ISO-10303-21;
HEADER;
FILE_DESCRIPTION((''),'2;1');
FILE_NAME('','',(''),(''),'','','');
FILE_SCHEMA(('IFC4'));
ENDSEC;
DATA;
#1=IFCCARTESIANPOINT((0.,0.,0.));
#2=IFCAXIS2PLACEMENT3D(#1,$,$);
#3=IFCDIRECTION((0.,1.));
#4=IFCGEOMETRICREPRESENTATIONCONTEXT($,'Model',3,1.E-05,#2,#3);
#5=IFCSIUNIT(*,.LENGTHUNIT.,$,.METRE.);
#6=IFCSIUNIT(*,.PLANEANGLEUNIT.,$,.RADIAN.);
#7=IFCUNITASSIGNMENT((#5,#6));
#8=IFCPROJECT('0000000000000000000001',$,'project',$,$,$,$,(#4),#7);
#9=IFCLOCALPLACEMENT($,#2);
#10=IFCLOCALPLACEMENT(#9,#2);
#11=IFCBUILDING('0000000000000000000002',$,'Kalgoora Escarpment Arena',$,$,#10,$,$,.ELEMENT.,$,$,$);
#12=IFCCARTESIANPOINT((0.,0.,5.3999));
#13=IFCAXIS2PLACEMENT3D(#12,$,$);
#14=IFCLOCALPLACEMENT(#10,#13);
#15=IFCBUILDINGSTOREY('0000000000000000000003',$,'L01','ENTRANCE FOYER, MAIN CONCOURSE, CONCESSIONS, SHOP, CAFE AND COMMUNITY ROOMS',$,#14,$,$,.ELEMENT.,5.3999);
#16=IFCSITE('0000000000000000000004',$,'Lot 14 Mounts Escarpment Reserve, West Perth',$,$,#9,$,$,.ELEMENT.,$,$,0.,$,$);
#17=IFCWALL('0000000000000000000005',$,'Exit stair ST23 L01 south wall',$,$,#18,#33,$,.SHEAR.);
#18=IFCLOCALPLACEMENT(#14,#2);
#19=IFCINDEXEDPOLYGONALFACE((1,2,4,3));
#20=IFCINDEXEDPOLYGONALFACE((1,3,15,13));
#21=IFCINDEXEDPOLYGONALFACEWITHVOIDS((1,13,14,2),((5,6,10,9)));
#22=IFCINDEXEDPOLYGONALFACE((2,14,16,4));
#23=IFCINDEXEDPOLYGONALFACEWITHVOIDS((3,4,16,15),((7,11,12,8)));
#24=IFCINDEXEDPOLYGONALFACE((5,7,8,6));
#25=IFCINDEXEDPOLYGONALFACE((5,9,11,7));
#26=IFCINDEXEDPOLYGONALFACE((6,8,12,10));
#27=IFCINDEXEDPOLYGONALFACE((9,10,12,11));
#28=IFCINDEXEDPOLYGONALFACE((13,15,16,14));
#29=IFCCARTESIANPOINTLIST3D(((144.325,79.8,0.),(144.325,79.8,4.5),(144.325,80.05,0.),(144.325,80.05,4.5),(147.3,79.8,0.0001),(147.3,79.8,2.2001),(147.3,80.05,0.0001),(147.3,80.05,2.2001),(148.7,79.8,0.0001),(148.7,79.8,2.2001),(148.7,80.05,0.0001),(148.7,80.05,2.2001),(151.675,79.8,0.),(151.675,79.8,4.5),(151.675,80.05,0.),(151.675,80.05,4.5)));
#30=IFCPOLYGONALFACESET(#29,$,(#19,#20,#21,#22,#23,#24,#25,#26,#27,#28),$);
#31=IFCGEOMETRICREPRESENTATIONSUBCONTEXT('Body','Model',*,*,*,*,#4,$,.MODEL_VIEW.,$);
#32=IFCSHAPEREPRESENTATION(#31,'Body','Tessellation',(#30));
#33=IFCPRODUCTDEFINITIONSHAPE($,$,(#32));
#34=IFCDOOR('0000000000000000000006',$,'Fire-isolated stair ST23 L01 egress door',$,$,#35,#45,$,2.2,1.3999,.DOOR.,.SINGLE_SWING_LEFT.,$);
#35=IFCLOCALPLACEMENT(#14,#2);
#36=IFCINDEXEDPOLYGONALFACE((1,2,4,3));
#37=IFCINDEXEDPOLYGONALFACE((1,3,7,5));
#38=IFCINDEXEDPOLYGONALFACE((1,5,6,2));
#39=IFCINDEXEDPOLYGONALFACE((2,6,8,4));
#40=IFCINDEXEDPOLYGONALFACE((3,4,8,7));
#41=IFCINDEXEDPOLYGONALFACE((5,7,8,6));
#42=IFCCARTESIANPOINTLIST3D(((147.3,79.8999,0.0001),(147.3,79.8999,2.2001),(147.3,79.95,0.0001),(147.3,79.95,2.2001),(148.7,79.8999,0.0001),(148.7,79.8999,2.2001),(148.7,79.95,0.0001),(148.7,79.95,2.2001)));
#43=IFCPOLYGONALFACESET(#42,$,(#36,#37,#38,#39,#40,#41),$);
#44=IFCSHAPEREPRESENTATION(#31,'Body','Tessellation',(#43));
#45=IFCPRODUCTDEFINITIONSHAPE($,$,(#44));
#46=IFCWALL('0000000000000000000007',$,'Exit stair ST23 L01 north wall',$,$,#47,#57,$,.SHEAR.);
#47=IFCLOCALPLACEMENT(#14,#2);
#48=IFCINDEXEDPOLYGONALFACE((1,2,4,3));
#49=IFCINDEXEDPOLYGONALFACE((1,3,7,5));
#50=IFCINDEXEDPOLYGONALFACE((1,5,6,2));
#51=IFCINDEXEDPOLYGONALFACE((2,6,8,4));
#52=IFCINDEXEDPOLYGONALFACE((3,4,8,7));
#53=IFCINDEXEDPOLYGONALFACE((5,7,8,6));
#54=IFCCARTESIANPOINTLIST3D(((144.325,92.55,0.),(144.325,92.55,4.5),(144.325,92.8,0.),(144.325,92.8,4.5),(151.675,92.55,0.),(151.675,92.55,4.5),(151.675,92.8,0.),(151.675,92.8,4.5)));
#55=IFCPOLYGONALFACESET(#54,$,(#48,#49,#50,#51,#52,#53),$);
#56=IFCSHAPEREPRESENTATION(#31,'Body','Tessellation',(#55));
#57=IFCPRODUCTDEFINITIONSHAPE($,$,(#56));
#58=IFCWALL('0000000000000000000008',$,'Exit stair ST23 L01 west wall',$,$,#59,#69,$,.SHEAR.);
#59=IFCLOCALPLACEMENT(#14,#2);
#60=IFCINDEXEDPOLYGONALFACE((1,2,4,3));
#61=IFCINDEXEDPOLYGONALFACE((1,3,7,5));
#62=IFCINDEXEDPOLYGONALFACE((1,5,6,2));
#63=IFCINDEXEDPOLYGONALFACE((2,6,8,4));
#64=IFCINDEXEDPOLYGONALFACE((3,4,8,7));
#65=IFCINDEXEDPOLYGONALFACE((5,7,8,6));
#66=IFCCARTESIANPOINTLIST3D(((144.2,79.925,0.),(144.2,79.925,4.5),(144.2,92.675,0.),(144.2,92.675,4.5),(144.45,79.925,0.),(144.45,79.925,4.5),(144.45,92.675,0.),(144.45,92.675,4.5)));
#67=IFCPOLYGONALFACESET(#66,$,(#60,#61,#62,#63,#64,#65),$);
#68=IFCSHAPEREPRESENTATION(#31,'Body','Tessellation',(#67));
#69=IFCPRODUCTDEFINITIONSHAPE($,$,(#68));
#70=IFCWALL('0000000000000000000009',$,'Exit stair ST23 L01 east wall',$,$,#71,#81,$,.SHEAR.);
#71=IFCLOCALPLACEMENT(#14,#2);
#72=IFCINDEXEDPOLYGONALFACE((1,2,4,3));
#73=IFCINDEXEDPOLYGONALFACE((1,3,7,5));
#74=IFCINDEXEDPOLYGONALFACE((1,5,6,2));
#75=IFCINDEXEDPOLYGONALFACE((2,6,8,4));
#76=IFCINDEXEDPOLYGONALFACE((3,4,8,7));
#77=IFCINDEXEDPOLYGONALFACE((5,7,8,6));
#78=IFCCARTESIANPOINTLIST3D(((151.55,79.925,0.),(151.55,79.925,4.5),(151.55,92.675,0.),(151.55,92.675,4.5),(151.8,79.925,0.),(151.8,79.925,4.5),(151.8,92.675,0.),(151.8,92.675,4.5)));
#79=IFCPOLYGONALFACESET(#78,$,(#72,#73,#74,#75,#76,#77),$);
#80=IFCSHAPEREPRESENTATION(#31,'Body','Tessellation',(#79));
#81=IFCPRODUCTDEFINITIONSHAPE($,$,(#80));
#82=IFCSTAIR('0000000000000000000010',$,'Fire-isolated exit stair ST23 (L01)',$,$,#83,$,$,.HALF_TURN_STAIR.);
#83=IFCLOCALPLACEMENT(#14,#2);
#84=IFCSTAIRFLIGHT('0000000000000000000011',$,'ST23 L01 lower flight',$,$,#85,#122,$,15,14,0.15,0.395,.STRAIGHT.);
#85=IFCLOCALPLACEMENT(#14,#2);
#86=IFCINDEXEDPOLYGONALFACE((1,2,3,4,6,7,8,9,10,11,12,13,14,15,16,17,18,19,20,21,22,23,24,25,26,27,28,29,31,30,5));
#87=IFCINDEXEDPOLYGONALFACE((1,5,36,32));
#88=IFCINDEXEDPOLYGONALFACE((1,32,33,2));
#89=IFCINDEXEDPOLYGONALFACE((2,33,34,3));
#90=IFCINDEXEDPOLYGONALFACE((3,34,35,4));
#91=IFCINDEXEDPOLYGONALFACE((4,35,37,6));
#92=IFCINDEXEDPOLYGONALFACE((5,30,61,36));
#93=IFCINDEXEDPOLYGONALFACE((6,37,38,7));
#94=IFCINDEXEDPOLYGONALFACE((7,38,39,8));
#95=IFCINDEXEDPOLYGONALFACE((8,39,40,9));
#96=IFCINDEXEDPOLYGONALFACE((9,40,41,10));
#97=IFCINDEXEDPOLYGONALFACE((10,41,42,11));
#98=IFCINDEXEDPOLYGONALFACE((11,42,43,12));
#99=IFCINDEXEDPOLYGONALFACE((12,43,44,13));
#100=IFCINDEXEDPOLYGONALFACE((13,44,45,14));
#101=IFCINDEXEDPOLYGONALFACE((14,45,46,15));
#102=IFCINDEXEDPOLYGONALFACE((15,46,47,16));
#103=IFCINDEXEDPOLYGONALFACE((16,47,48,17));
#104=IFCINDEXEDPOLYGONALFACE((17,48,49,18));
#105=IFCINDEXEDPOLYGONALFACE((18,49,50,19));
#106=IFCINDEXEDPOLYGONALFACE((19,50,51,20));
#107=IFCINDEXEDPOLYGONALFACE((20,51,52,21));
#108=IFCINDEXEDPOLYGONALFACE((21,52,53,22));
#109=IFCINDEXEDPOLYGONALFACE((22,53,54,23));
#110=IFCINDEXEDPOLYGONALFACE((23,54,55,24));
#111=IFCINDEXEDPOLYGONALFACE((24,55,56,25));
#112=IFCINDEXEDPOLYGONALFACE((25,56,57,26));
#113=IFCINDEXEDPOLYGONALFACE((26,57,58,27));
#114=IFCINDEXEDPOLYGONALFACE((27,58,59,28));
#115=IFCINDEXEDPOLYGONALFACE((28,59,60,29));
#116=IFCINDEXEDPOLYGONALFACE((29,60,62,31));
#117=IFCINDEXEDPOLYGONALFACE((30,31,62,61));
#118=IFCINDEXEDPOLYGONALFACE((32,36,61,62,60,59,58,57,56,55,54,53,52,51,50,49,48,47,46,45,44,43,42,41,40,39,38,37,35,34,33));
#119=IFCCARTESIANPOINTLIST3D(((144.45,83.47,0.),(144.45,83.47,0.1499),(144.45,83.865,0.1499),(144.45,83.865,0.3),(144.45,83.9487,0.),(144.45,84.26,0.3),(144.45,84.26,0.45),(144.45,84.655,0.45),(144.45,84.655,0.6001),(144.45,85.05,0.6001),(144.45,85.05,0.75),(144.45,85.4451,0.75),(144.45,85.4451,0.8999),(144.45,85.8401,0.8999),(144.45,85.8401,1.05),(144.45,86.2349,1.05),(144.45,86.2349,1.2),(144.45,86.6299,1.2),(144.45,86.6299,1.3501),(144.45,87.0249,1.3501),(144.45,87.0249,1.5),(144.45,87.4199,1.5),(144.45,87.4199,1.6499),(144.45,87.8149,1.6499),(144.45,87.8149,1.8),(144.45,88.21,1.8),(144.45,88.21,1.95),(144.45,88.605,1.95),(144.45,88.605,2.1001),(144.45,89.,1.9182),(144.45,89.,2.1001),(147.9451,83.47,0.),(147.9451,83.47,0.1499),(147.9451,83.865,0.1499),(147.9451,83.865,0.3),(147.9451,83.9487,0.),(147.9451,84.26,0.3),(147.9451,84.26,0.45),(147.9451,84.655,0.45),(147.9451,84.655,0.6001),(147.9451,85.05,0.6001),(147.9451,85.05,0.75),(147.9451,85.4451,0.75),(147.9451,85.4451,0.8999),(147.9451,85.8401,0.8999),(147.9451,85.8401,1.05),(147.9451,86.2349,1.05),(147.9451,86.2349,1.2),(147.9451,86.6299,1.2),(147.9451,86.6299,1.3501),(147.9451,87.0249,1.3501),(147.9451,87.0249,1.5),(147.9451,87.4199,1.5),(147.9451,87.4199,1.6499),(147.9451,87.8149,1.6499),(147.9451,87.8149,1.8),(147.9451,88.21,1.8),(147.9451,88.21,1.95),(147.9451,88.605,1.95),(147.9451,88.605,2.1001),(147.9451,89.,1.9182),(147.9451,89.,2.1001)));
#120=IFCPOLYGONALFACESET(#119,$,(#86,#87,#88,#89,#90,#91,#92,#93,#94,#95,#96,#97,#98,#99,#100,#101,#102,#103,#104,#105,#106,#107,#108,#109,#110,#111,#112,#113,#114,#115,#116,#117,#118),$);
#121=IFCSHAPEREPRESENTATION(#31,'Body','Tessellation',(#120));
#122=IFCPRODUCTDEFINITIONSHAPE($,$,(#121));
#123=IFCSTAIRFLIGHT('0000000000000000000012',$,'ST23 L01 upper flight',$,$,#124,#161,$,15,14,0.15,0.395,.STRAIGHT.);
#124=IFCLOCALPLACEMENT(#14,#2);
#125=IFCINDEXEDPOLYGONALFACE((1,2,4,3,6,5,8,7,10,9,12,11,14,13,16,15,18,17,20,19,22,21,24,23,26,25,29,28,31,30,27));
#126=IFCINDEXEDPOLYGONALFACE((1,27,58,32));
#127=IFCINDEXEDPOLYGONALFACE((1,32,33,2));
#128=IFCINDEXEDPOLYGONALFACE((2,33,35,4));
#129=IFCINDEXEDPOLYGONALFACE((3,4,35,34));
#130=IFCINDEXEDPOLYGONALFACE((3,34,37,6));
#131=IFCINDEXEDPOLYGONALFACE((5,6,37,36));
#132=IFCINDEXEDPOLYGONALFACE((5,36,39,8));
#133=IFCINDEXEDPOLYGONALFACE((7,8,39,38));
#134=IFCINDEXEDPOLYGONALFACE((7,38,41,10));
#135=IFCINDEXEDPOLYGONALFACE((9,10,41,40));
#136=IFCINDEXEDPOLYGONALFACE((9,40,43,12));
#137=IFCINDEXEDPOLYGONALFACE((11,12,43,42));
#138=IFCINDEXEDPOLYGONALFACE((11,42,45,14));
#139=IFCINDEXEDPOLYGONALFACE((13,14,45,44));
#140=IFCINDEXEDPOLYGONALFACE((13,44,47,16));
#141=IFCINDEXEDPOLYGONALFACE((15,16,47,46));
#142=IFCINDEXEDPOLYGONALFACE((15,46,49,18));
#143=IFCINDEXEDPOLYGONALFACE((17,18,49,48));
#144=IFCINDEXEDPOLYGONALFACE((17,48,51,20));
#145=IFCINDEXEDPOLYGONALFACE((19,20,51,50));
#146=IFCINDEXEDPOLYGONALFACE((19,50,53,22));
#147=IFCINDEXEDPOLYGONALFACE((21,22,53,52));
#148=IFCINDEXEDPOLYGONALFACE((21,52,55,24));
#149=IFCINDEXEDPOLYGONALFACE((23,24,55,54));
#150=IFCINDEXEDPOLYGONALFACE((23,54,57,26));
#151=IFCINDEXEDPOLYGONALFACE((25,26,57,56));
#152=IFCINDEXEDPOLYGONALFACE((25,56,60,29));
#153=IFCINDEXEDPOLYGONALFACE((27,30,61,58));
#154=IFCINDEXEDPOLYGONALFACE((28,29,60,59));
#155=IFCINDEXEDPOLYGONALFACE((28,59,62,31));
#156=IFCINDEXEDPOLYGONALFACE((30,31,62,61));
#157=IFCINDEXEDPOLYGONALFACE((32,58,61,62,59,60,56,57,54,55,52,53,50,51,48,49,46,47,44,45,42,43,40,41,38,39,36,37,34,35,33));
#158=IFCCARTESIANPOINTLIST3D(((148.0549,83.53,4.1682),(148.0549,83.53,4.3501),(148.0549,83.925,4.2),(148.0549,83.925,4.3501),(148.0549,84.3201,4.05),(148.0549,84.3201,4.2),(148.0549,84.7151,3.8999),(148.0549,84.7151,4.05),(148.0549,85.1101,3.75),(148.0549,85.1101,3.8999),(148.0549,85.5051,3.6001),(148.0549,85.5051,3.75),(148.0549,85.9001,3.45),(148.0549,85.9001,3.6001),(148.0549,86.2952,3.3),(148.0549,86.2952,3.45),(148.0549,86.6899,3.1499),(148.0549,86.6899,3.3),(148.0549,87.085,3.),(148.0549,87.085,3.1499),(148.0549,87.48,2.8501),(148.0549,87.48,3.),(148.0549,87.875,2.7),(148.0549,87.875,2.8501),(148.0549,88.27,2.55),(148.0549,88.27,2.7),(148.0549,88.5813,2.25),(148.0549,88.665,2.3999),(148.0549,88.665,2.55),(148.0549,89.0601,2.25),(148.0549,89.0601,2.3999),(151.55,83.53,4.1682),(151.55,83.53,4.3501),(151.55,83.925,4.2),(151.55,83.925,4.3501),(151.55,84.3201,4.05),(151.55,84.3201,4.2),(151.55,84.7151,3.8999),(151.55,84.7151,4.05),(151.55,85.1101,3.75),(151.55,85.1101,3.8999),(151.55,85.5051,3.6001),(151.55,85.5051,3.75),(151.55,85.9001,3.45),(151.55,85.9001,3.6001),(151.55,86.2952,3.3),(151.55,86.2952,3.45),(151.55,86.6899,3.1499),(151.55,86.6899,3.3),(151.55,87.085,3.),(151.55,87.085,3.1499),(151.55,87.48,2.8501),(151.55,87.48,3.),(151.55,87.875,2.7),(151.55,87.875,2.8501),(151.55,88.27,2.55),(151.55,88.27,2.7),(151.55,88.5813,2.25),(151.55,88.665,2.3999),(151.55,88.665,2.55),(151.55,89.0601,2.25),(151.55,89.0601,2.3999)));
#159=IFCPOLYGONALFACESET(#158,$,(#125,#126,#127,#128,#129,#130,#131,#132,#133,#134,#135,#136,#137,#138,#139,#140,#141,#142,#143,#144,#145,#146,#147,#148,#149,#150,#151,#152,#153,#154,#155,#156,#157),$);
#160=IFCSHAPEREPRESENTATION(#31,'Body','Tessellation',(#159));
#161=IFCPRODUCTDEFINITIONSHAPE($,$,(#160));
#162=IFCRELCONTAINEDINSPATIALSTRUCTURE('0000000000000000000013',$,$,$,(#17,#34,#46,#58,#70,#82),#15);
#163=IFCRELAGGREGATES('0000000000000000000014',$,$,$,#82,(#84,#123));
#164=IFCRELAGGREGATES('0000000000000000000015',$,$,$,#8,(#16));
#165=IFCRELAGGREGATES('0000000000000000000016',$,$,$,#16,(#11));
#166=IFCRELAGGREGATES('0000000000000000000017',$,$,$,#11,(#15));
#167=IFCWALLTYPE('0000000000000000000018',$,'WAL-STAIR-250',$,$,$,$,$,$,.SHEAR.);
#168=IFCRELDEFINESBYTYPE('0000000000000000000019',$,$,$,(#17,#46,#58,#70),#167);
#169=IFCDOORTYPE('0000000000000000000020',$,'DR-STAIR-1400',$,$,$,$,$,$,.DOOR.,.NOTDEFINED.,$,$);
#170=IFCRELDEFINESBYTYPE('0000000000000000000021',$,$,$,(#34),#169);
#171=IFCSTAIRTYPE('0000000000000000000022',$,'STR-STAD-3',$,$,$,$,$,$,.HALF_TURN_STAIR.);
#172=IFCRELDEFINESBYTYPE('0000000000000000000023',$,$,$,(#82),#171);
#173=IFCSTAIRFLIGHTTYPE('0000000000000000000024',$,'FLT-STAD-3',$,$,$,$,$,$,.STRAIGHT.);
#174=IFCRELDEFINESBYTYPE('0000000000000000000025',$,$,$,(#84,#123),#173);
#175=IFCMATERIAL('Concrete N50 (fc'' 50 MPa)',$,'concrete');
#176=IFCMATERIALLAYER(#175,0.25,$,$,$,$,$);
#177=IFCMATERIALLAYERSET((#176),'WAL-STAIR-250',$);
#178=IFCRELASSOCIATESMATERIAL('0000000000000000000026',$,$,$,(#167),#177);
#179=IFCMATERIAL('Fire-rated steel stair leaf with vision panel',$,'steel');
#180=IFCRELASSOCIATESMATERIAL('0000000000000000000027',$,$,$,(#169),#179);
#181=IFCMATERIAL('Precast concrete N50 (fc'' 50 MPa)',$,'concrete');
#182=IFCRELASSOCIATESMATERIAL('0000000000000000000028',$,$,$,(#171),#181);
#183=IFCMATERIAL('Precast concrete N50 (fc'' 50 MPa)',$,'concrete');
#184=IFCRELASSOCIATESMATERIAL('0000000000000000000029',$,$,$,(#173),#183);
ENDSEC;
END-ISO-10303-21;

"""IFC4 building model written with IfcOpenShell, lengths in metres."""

from ifc_helpers import new_model, si_unit, direction, frame, frame_2d, origin, place, context, subcontext, project, spatial, polyline, rectangle, outline, extrude, material, layer, layer_set, type_object, element, fill, aggregate, save


model = new_model("IFC4")

# Units and contexts
model_context = context("Model", 3, precision=1e-05, world=origin(), true_north=direction((0.0, 1.0)))
body_context = subcontext(model_context, "Body", "Model", "MODEL_VIEW")
ifc_project = project(units=[si_unit("LENGTHUNIT", "METRE"), si_unit("PLANEANGLEUNIT", "RADIAN")], contexts=[model_context])

# Site, building, storey
site_placement = place(None, origin())
site = spatial("IfcSite", under=ifc_project, at=site_placement, Name="Lot 14 Mounts Escarpment Reserve, West Perth", CompositionType="ELEMENT", RefElevation=0.0)
building_placement = place(site_placement, origin())
building = spatial("IfcBuilding", under=site, at=building_placement, Name="Kalgoora Escarpment Arena", CompositionType="ELEMENT")
storey_placement = place(building_placement, frame((0.0, 0.0, 5.3999)))
storey = spatial("IfcBuildingStorey", under=building, at=storey_placement, Name="L01", Description="ENTRANCE FOYER, MAIN CONCOURSE, CONCESSIONS, SHOP, CAFE AND COMMUNITY ROOMS", CompositionType="ELEMENT", Elevation=5.3999)

# Shared definitions
ifc_material_1 = material(Name="Concrete N50 (fc' 50 MPa)", Category="concrete")
ifc_layer = layer(ifc_material_1, 0.25)
ifc_layer_set = layer_set([ifc_layer], Name="WAL-STAIR-250")
wall_type = type_object("IfcWallType", Name="WAL-STAIR-250", PredefinedType="SHEAR", material=ifc_layer_set)

# Wall, opening, door
wall_1_placement = place(storey_placement, frame((144.325, 79.925, 0.0), z_axis=(0.0, 0.0, 1.0), x_axis=(1.0, 0.0, 0.0)))
wall_1 = element("IfcWall", 1, at=wall_1_placement, inside=storey, type_object=wall_type, Name="Exit stair ST23 L01 south wall", PredefinedType="SHEAR", context=body_context, shape_type="SweptSolid", body=[
    extrude(rectangle(XDim=7.3501, YDim=0.25, at=frame_2d((3.675, 0.0))), origin(), (0.0, 0.0, 1.0), 4.5),
])
opening_placement = place(wall_1_placement, frame((2.9751, 0.0, 0.0)))
opening = element("IfcOpeningElement", 2, at=opening_placement, cuts=wall_1, PredefinedType="OPENING", context=body_context, shape_type="SweptSolid", body=[
    extrude(rectangle(XDim=1.3999, YDim=2.2, at=frame_2d((0.7, 1.1001))), frame((0.0, 0.135, 0.0), z_axis=(0.0, -1.0, 0.0), x_axis=(1.0, 0.0, 0.0)), (0.0, 0.0, 1.0), 0.27),
])
ifc_material_2 = material(Name="Fire-rated steel stair leaf with vision panel", Category="steel")
door_type = type_object("IfcDoorType", Name="DR-STAIR-1400", OperationType="NOTDEFINED", PredefinedType="DOOR", material=ifc_material_2)
door_placement = place(opening_placement, origin())
door = element("IfcDoor", 3, at=door_placement, inside=storey, type_object=door_type, Name="Fire-isolated stair ST23 L01 egress door", OperationType="SINGLE_SWING_LEFT", OverallHeight=2.2, OverallWidth=1.3999, PredefinedType="DOOR", context=body_context, shape_type="SweptSolid", body=[
    extrude(rectangle(XDim=1.3999, YDim=2.2, at=frame_2d((0.7, 1.1001))), frame((0.0, 0.0249, 0.0), z_axis=(0.0, -1.0, 0.0), x_axis=(1.0, 0.0, 0.0)), (0.0, 0.0, 1.0), 0.05),
])
fill(opening, door)

# Walls
wall_2_placement = place(storey_placement, frame((144.325, 92.675, 0.0), z_axis=(0.0, 0.0, 1.0), x_axis=(1.0, 0.0, 0.0)))
element("IfcWall", 4, at=wall_2_placement, inside=storey, type_object=wall_type, Name="Exit stair ST23 L01 north wall", PredefinedType="SHEAR", context=body_context, shape_type="SweptSolid", body=[
    extrude(rectangle(XDim=7.3501, YDim=0.25, at=frame_2d((3.675, 0.0))), origin(), (0.0, 0.0, 1.0), 4.5),
])
for number, where, z_axis, x_axis, name in (
    (5, (144.325, 79.925, 0.0), (0.0, 0.0, 1.0), (0.0, 1.0, 0.0), "Exit stair ST23 L01 west wall"),
    (6, (151.675, 79.925, 0.0), (0.0, 0.0, 1.0), (0.0, 1.0, 0.0), "Exit stair ST23 L01 east wall"),
):
    element("IfcWall", number, at=place(storey_placement, frame(where, z_axis=z_axis, x_axis=x_axis)), inside=storey, type_object=wall_type, Name=name, PredefinedType="SHEAR", context=body_context, shape_type="SweptSolid", body=[
        extrude(rectangle(XDim=12.75, YDim=0.25, at=frame_2d((6.375, 0.0))), origin(), (0.0, 0.0, 1.0), 4.5),
    ])

# Stair, stair flights
ifc_material_3 = material(Name="Precast concrete N50 (fc' 50 MPa)", Category="concrete")
stair_type = type_object("IfcStairType", Name="STR-STAD-3", PredefinedType="HALF_TURN_STAIR", material=ifc_material_3)
stair_placement = place(storey_placement, origin())
stair = element("IfcStair", 7, at=stair_placement, inside=storey, type_object=stair_type, Name="Fire-isolated exit stair ST23 (L01)", PredefinedType="HALF_TURN_STAIR")
ifc_material_4 = material(Name="Precast concrete N50 (fc' 50 MPa)", Category="concrete")
stair_flight_type = type_object("IfcStairFlightType", Name="FLT-STAD-3", PredefinedType="STRAIGHT", material=ifc_material_4)
stair_flight_1_placement = place(storey_placement, frame((146.1975, 83.47, 0.0), z_axis=(0.0, 0.0, 1.0), x_axis=(0.0, 1.0, 0.0)))
stair_flight_1 = element("IfcStairFlight", 8, at=stair_flight_1_placement, type_object=stair_flight_type, Name="ST23 L01 lower flight", NumberOfRisers=15, NumberOfTreads=14, PredefinedType="STRAIGHT", RiserHeight=0.15, TreadLength=0.395, context=body_context, shape_type="SweptSolid", body=[
    extrude(outline(polyline([(0.0, 0.0), (0.0, 0.1499), (0.395, 0.1499), (0.395, 0.3), (0.79, 0.3), (0.79, 0.45), (1.1851, 0.45), (1.1851, 0.6001), (1.5801, 0.6001), (1.5801, 0.75), (1.9751, 0.75), (1.9751, 0.8999), (2.3701, 0.8999), (2.3701, 1.05), (2.7649, 1.05), (2.7649, 1.2), (3.1599, 1.2), (3.1599, 1.3501), (3.5549, 1.3501), (3.5549, 1.5), (3.95, 1.5), (3.95, 1.6499), (4.345, 1.6499), (4.345, 1.8), (4.74, 1.8), (4.74, 1.95), (5.135, 1.95), (5.135, 2.1001), (5.53, 2.1001), (5.53, 2.25), (5.53, 1.9182), (0.4788, 0.0), (0.0, 0.0)])), frame((0.0, 1.7476, 0.0), z_axis=(0.0, -1.0, 0.0), x_axis=(1.0, 0.0, 0.0)), (0.0, 0.0, 1.0), 3.4951),
])
stair_flight_2_placement = place(storey_placement, frame((149.8025, 89.0601, 2.25), z_axis=(0.0, 0.0, 1.0), x_axis=(0.0, -1.0, 0.0)))
stair_flight_2 = element("IfcStairFlight", 9, at=stair_flight_2_placement, type_object=stair_flight_type, Name="ST23 L01 upper flight", NumberOfRisers=15, NumberOfTreads=14, PredefinedType="STRAIGHT", RiserHeight=0.15, TreadLength=0.395, context=body_context, shape_type="SweptSolid", body=[
    extrude(outline(polyline([(0.0, 0.0), (0.0, 0.1499), (0.395, 0.1499), (0.395, 0.3), (0.79, 0.3), (0.79, 0.45), (1.1851, 0.45), (1.1851, 0.6001), (1.5801, 0.6001), (1.5801, 0.75), (1.9751, 0.75), (1.9751, 0.8999), (2.3701, 0.8999), (2.3701, 1.05), (2.7649, 1.05), (2.7649, 1.2), (3.1599, 1.2), (3.1599, 1.3501), (3.5549, 1.3501), (3.5549, 1.5), (3.95, 1.5), (3.95, 1.6499), (4.345, 1.6499), (4.345, 1.8), (4.74, 1.8), (4.74, 1.95), (5.135, 1.95), (5.135, 2.1001), (5.53, 2.1001), (5.53, 2.25), (5.53, 1.9182), (0.4788, 0.0), (0.0, 0.0)])), frame((0.0, 1.7476, 0.0), z_axis=(0.0, -1.0, 0.0), x_axis=(1.0, 0.0, 0.0)), (0.0, 0.0, 1.0), 3.4951),
])
aggregate(stair, [stair_flight_1, stair_flight_2])

save(model, "model.ifc")
